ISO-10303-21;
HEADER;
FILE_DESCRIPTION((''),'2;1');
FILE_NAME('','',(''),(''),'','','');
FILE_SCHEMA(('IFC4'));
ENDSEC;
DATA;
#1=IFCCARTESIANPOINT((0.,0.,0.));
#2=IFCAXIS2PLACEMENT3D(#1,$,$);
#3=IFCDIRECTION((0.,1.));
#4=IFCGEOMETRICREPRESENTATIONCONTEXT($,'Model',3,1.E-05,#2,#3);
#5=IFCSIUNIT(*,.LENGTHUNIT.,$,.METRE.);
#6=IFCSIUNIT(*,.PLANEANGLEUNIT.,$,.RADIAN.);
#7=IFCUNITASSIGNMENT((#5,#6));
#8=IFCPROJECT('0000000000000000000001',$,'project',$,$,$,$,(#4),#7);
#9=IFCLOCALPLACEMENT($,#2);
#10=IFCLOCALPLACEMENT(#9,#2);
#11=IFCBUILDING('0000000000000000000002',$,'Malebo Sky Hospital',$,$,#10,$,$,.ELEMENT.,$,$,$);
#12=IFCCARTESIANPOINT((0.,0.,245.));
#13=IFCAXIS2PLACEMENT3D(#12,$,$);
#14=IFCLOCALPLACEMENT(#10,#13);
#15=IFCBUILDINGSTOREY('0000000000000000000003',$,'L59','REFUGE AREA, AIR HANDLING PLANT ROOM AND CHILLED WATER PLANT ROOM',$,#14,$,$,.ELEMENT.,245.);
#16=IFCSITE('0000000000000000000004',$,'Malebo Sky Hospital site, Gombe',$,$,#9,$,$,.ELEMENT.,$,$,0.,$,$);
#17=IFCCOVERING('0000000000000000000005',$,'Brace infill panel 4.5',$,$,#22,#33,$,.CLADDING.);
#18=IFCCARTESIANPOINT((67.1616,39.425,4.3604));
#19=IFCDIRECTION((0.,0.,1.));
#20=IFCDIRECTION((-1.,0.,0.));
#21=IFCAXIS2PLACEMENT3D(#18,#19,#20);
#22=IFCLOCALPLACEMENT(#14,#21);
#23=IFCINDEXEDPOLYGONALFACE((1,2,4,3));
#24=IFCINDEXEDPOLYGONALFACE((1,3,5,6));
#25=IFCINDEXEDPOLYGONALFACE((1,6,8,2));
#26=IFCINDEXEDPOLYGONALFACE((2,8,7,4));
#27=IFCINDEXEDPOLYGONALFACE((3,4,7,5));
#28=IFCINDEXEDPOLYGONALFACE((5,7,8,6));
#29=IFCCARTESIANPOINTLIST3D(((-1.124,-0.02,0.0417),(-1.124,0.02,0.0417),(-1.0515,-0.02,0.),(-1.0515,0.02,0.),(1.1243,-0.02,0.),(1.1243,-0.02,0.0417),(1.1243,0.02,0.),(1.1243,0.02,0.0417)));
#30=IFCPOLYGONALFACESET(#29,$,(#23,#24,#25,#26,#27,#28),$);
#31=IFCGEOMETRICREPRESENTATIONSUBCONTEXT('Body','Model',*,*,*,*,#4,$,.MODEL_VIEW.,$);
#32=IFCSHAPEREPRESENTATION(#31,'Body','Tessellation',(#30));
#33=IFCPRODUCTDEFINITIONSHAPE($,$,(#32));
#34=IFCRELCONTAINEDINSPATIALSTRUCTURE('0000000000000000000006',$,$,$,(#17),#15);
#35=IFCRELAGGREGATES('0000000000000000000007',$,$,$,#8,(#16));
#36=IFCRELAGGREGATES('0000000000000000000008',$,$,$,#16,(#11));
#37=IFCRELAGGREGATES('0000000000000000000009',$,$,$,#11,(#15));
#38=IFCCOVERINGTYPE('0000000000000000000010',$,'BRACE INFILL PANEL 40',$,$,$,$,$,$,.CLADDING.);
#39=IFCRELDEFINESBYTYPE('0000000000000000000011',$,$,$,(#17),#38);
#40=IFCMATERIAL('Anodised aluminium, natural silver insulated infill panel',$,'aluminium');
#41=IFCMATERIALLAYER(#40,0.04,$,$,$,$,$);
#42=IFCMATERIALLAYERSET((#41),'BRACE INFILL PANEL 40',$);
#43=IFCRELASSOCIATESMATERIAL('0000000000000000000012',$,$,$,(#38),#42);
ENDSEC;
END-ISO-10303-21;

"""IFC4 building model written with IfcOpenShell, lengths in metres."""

from ifc_helpers import new_model, si_unit, direction, frame, origin, place, context, subcontext, project, spatial, polyline, outline, extrude, material, layer, layer_set, type_object, element, save


model = new_model("IFC4")

# Units and contexts
model_context = context("Model", 3, precision=1e-05, world=origin(), true_north=direction((0.0, 1.0)))
body_context = subcontext(model_context, "Body", "Model", "MODEL_VIEW")
ifc_project = project(units=[si_unit("LENGTHUNIT", "METRE"), si_unit("PLANEANGLEUNIT", "RADIAN")], contexts=[model_context])

# Site, building, storey
site_placement = place(None, origin())
site = spatial("IfcSite", under=ifc_project, at=site_placement, Name="Malebo Sky Hospital site, Gombe", CompositionType="ELEMENT", RefElevation=0.0)
building_placement = place(site_placement, origin())
building = spatial("IfcBuilding", under=site, at=building_placement, Name="Malebo Sky Hospital", CompositionType="ELEMENT")
storey_placement = place(building_placement, frame((0.0, 0.0, 245.0)))
storey = spatial("IfcBuildingStorey", under=building, at=storey_placement, Name="L59", Description="REFUGE AREA, AIR HANDLING PLANT ROOM AND CHILLED WATER PLANT ROOM", CompositionType="ELEMENT", Elevation=245.0)

# Covering
ifc_material_1 = material(Name="Anodised aluminium, natural silver insulated infill panel", Category="aluminium")
ifc_layer_1 = layer(ifc_material_1, 0.04)
ifc_layer_set_1 = layer_set([ifc_layer_1], Name="BRACE INFILL PANEL 40")
covering_type = type_object("IfcCoveringType", Name="BRACE INFILL PANEL 40", PredefinedType="CLADDING", material=ifc_layer_set_1)
covering_1_placement = place(storey_placement, frame((67.1616, 39.425, 4.3604), z_axis=(0.0, 0.0, 1.0), x_axis=(-1.0, 0.0, 0.0)))
element("IfcCovering", 1, at=covering_1_placement, inside=storey, type_object=covering_type, Name="Brace infill panel 4.5", PredefinedType="CLADDING", context=body_context, shape_type="SweptSolid", body=[
    extrude(outline(polyline([(-1.0515, 0.0), (1.1243, 0.0), (1.1243, 0.0417), (-1.124, 0.0417), (-1.0515, 0.0)])), frame((0.0, 0.02, 0.0), z_axis=(0.0, -1.0, 0.0), x_axis=(1.0, 0.0, 0.0)), (0.0, 0.0, 1.0), 0.04),
])

save(model, "model.ifc")
